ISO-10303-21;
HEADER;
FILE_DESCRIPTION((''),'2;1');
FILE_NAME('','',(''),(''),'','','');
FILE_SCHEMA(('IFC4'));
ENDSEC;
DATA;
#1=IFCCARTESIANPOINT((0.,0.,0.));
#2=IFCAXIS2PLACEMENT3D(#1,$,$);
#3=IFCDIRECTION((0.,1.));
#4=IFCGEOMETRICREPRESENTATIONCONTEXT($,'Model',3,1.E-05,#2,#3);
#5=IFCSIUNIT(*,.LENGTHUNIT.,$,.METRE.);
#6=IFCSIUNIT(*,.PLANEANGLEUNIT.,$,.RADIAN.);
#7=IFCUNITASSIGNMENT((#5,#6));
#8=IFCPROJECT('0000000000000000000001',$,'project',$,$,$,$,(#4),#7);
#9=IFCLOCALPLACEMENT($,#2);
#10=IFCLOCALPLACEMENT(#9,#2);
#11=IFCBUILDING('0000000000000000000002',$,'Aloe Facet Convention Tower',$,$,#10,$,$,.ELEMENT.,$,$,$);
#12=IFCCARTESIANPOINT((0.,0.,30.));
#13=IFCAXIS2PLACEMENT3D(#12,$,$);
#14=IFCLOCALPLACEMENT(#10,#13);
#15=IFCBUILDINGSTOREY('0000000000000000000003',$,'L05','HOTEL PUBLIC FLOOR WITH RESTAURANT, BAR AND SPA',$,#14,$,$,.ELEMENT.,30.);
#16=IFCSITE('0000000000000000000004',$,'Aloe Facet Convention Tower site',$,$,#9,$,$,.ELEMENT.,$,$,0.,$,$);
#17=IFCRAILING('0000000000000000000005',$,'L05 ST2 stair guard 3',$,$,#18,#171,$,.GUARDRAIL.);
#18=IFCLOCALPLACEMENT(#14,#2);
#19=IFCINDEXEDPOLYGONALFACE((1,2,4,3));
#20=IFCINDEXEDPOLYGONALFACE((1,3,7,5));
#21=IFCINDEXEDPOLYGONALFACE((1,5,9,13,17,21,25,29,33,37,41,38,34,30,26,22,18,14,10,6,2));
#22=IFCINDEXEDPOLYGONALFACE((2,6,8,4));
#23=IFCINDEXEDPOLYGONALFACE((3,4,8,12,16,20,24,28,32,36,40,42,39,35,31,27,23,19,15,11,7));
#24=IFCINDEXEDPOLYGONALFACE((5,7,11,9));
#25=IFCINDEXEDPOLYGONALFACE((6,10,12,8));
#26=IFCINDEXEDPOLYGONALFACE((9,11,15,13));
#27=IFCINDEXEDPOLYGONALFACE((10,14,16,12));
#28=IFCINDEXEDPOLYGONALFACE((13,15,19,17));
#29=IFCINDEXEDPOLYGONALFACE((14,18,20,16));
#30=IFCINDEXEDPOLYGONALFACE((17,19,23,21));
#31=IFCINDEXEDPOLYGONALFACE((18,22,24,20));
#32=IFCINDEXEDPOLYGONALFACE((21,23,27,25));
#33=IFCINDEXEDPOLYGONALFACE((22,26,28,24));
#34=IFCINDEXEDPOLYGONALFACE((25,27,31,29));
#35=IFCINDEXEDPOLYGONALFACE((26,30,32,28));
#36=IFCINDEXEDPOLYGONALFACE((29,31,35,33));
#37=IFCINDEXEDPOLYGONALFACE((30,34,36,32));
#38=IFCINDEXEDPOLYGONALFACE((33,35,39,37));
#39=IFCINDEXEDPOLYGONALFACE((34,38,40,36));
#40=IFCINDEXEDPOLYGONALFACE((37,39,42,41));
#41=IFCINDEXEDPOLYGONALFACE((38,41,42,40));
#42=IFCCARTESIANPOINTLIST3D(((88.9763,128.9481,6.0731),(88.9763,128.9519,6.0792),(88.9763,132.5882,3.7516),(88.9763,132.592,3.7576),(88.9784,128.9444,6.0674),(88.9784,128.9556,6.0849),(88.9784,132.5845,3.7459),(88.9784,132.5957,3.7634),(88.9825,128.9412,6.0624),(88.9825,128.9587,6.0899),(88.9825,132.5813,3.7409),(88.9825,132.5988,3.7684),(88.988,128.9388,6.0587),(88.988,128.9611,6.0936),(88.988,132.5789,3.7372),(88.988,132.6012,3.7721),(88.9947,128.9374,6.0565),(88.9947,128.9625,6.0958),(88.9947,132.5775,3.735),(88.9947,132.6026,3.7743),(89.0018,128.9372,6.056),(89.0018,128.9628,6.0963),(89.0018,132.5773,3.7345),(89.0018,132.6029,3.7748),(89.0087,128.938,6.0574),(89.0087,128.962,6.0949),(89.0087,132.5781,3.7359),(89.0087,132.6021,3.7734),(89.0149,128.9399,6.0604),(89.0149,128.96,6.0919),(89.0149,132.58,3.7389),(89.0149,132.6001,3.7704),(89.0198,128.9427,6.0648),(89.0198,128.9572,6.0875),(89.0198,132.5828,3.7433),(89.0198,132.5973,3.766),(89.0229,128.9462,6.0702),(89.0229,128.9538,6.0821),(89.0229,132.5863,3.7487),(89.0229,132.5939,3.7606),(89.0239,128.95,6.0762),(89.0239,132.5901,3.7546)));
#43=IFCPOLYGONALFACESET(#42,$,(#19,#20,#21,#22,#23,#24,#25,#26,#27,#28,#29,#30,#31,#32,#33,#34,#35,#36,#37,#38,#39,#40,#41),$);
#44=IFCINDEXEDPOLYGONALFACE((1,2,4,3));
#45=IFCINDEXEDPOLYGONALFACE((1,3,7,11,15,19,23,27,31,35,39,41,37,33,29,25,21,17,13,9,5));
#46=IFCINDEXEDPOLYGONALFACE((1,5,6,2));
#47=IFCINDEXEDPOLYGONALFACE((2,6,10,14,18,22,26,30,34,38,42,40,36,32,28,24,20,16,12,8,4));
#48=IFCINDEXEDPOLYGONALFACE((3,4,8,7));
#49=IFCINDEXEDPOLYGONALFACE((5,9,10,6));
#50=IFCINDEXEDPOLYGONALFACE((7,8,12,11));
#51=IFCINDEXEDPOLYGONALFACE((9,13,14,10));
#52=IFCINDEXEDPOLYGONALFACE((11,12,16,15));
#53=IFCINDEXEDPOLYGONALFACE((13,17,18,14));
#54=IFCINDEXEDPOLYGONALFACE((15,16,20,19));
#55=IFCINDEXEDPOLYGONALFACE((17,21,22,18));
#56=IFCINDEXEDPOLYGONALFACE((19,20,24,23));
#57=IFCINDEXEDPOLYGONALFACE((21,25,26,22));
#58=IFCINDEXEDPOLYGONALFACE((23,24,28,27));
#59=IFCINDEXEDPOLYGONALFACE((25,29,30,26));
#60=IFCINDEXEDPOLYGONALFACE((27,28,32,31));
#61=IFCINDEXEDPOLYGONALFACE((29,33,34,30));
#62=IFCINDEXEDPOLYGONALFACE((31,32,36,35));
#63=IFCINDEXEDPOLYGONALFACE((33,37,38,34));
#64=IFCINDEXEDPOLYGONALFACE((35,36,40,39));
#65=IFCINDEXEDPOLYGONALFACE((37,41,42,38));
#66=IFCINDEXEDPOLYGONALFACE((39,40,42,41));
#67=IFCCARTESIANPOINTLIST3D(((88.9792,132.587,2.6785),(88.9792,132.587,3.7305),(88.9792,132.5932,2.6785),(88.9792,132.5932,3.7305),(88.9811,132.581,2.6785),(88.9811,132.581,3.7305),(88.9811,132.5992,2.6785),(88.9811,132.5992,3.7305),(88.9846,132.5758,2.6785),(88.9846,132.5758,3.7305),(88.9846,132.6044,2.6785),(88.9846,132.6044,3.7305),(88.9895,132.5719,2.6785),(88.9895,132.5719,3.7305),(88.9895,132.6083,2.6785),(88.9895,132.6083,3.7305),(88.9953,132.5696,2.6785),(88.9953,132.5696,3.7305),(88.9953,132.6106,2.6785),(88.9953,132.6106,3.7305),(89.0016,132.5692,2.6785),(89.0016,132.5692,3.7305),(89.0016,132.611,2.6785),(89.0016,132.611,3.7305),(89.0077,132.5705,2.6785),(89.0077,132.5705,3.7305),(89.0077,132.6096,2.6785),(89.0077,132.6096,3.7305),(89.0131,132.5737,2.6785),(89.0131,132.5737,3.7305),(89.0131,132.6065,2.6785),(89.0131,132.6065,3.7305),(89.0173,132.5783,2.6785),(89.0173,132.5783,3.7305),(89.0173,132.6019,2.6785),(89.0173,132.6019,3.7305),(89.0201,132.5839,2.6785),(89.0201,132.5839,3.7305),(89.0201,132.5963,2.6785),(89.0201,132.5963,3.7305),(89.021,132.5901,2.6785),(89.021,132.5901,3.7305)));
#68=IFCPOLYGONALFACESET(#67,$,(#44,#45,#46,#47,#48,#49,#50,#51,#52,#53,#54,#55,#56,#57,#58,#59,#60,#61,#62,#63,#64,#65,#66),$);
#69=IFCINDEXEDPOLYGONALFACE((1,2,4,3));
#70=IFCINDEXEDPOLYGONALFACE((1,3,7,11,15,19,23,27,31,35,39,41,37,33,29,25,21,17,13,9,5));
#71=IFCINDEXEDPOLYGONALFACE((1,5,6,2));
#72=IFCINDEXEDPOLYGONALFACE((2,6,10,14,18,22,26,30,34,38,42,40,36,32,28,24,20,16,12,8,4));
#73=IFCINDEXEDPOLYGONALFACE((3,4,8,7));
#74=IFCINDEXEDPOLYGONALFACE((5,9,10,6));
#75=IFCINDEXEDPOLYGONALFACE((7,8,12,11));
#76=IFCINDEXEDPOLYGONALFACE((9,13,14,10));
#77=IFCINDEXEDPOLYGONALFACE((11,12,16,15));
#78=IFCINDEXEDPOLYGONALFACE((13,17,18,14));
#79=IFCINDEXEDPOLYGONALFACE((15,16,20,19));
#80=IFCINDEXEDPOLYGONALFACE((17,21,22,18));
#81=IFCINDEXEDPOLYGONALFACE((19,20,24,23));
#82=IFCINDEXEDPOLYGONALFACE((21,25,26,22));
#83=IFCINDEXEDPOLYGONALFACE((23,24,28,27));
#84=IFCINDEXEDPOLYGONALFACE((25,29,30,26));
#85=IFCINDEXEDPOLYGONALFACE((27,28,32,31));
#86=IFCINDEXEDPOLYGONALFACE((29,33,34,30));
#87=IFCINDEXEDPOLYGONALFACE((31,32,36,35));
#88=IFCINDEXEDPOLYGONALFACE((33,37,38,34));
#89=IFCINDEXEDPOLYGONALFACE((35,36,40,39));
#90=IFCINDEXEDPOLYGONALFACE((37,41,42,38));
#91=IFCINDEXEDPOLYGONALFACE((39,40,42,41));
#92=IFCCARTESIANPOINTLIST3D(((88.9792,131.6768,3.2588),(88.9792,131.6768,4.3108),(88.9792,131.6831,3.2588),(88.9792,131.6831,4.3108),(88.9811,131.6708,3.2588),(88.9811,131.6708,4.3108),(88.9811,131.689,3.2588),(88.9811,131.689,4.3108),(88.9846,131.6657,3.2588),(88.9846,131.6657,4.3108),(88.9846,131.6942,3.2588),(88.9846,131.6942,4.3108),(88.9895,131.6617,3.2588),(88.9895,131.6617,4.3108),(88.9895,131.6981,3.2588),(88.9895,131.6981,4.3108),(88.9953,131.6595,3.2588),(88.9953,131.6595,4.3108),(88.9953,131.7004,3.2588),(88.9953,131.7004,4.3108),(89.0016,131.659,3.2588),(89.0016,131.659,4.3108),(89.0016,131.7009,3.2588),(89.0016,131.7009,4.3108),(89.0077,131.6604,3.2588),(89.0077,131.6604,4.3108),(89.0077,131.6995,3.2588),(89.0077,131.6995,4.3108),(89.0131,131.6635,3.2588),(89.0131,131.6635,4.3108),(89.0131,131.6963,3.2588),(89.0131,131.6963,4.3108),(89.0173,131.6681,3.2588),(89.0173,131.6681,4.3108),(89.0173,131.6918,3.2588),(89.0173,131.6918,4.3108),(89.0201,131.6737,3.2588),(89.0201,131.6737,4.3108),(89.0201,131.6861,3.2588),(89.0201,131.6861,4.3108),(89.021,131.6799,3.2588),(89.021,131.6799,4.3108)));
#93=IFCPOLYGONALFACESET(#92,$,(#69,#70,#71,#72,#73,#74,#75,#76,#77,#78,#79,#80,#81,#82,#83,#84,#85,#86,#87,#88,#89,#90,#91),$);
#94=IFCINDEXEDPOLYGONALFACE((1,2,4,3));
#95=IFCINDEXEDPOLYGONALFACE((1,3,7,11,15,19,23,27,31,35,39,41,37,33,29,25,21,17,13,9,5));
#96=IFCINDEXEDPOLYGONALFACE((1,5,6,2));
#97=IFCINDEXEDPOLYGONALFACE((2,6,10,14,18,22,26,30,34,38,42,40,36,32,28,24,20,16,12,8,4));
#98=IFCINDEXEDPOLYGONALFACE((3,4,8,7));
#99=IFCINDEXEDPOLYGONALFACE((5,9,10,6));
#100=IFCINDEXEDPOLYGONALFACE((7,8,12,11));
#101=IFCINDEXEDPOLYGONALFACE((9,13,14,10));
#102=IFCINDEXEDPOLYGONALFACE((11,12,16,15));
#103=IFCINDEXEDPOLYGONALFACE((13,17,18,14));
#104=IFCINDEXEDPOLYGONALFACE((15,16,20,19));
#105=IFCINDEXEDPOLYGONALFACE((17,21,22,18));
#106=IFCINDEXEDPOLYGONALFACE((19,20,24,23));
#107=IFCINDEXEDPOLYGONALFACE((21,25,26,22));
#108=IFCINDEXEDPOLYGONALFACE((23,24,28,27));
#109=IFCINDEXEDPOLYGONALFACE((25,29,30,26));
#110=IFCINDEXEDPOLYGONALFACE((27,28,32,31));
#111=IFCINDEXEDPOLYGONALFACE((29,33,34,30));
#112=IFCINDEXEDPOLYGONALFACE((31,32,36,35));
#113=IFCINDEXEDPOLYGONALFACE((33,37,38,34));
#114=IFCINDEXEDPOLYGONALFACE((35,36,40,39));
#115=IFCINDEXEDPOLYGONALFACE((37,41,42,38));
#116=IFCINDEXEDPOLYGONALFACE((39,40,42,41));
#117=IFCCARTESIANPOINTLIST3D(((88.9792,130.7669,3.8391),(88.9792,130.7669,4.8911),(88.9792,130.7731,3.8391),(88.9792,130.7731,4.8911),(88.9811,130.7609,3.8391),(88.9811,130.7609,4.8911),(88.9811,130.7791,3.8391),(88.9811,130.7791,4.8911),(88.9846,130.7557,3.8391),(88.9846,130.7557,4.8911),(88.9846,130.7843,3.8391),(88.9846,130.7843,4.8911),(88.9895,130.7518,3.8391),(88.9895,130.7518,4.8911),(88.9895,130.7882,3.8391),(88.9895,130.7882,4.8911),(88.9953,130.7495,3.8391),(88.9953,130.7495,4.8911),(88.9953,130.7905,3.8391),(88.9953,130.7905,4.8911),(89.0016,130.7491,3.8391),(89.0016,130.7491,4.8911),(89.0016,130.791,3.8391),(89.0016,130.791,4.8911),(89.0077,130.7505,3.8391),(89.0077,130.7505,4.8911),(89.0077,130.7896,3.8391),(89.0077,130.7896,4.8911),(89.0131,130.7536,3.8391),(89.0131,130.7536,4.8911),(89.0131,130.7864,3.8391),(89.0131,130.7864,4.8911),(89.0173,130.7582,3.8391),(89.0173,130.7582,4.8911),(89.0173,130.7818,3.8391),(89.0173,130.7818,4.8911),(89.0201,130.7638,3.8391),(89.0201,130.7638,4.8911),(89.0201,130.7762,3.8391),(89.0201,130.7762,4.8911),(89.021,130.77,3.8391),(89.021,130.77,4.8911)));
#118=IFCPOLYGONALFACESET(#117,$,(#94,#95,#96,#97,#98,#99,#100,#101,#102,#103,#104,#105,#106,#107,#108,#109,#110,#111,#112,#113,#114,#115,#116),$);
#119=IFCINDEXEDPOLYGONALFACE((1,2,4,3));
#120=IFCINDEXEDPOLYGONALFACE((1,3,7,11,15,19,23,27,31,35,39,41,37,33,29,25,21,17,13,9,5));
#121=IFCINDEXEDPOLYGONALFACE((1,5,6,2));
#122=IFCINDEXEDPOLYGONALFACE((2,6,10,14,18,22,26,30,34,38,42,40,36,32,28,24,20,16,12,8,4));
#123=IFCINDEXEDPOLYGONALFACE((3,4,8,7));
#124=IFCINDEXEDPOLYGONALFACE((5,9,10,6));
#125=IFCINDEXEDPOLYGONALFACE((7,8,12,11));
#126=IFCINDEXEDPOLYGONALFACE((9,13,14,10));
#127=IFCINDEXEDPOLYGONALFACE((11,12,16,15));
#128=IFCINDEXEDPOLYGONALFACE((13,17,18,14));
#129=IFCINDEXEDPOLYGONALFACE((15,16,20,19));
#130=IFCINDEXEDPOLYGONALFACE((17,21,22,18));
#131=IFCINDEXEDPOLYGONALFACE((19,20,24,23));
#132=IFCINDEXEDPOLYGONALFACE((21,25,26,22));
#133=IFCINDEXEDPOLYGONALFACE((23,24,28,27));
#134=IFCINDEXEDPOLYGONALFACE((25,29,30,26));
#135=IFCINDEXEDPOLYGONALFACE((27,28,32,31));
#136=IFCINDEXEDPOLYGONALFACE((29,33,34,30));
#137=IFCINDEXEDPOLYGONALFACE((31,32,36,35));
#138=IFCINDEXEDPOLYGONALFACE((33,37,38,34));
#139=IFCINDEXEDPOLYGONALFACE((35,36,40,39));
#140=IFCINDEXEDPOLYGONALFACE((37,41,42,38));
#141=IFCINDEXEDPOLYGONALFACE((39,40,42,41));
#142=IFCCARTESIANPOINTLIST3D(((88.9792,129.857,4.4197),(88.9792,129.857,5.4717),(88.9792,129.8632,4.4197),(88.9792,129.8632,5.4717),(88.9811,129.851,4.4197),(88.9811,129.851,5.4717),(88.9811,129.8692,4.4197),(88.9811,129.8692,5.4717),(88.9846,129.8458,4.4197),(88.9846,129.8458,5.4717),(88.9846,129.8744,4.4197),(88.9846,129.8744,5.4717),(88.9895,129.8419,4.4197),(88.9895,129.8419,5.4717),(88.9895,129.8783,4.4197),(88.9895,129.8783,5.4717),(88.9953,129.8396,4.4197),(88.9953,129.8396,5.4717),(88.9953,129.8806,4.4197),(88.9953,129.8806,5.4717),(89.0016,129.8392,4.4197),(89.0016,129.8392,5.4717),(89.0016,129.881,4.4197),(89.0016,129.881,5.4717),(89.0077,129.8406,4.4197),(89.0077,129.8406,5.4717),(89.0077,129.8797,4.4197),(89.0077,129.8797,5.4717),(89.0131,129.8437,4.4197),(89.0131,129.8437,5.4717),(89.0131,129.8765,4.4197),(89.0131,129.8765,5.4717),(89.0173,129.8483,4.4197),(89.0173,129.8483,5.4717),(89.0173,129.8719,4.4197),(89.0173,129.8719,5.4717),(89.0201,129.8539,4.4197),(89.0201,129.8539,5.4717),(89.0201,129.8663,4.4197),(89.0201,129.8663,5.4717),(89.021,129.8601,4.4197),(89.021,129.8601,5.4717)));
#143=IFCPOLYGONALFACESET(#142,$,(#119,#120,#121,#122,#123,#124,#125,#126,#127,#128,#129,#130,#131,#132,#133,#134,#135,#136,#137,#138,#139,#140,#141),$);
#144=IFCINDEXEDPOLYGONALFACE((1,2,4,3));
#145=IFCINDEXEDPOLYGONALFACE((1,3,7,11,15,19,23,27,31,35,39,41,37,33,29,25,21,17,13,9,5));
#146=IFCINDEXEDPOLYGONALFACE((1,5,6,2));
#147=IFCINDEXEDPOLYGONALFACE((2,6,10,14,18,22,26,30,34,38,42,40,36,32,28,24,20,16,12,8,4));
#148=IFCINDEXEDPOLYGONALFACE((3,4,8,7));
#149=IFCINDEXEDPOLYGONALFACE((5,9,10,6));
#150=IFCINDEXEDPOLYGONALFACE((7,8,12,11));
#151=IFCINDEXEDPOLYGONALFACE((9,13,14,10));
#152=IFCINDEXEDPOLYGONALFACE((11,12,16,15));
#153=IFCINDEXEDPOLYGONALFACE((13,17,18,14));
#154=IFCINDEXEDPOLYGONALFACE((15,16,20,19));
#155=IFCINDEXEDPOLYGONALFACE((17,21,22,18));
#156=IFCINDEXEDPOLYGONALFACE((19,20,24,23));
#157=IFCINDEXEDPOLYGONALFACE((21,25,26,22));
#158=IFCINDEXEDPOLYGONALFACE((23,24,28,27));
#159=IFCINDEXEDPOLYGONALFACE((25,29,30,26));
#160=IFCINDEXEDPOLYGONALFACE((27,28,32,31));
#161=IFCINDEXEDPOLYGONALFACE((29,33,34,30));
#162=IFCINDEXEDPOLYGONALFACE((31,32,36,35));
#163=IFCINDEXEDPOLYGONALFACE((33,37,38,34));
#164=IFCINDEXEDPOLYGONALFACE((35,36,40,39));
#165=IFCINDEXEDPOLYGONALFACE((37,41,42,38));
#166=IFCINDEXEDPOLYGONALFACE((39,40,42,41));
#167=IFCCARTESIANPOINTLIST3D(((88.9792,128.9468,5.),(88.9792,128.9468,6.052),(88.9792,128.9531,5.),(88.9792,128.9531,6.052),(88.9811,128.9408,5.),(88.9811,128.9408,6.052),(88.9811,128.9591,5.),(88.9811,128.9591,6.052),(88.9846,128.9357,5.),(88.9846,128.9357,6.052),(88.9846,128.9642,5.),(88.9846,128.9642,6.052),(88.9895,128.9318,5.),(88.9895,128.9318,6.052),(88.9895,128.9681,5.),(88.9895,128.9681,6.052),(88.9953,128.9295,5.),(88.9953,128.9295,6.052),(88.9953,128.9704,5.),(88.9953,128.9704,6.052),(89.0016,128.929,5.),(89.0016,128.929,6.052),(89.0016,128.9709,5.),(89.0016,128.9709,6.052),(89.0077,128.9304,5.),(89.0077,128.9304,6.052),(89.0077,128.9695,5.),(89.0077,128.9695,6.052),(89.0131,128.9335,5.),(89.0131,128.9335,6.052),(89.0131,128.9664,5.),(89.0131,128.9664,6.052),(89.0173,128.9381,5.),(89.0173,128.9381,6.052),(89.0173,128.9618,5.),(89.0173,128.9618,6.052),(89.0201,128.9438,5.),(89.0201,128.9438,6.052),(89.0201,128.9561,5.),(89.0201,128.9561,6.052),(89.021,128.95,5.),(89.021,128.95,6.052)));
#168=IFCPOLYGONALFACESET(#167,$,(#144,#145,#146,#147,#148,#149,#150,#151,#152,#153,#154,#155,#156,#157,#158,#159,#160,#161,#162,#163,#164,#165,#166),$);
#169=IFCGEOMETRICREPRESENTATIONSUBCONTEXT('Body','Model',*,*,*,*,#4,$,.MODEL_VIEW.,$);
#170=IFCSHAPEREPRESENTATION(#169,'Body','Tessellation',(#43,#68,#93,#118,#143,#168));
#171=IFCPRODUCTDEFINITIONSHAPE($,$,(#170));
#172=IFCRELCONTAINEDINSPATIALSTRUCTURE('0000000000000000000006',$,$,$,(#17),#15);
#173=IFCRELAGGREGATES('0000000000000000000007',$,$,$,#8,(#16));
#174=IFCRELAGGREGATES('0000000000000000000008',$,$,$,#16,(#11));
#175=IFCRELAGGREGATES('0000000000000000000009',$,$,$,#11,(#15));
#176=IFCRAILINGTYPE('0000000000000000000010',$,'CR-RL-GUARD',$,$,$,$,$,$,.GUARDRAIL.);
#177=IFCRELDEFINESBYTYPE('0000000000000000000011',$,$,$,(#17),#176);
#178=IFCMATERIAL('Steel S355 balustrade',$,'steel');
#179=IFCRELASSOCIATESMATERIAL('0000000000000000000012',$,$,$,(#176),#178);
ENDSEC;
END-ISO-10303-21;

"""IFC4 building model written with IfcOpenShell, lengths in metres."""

from ifc_helpers import new_model, si_unit, direction, frame, origin, origin_2d, place, context, subcontext, project, spatial, circle, extrude, material, type_object, element, save


model = new_model("IFC4")

# Units and contexts
model_context = context("Model", 3, precision=1e-05, world=origin(), true_north=direction((0.0, 1.0)))
body_context = subcontext(model_context, "Body", "Model", "MODEL_VIEW")
ifc_project = project(units=[si_unit("LENGTHUNIT", "METRE"), si_unit("PLANEANGLEUNIT", "RADIAN")], contexts=[model_context])

# Site, building, storey
site_placement = place(None, origin())
site = spatial("IfcSite", under=ifc_project, at=site_placement, Name="Aloe Facet Convention Tower site", CompositionType="ELEMENT", RefElevation=0.0)
building_placement = place(site_placement, origin())
building = spatial("IfcBuilding", under=site, at=building_placement, Name="Aloe Facet Convention Tower", CompositionType="ELEMENT")
storey_placement = place(building_placement, frame((0.0, 0.0, 30.0)))
storey = spatial("IfcBuildingStorey", under=building, at=storey_placement, Name="L05", Description="HOTEL PUBLIC FLOOR WITH RESTAURANT, BAR AND SPA", CompositionType="ELEMENT", Elevation=30.0)

# Railing
ifc_material_1 = material(Name="Steel S355 balustrade", Category="steel")
railing_type = type_object("IfcRailingType", Name="CR-RL-GUARD", PredefinedType="GUARDRAIL", material=ifc_material_1)
railing_1_placement = place(storey_placement, frame((89.0, 132.5901, 2.6785)))
element("IfcRailing", 1, at=railing_1_placement, inside=storey, type_object=railing_type, Name="L05 ST2 stair guard 3", PredefinedType="GUARDRAIL", context=body_context, shape_type="SweptSolid", body=[
    extrude(circle(Radius=0.0239, at=origin_2d()), frame((0.0, 0.0, 1.0762), z_axis=(0.0, -0.843128, 0.537713), x_axis=(1.0, 0.0, 0.0)), (0.0, 0.0, 1.0), 4.3174),
    extrude(circle(Radius=0.021, at=origin_2d()), origin(), (0.0, 0.0, 1.0), 1.052),
    extrude(circle(Radius=0.021, at=origin_2d()), frame((0.0, -0.9102, 0.5803)), (0.0, 0.0, 1.0), 1.052),
    extrude(circle(Radius=0.021, at=origin_2d()), frame((0.0, -1.8201, 1.1606)), (0.0, 0.0, 1.0), 1.052),
    extrude(circle(Radius=0.021, at=origin_2d()), frame((0.0, -2.73, 1.7412)), (0.0, 0.0, 1.0), 1.052),
    extrude(circle(Radius=0.021, at=origin_2d()), frame((0.0, -3.6401, 2.3215)), (0.0, 0.0, 1.0), 1.052),
])

save(model, "model.ifc")
